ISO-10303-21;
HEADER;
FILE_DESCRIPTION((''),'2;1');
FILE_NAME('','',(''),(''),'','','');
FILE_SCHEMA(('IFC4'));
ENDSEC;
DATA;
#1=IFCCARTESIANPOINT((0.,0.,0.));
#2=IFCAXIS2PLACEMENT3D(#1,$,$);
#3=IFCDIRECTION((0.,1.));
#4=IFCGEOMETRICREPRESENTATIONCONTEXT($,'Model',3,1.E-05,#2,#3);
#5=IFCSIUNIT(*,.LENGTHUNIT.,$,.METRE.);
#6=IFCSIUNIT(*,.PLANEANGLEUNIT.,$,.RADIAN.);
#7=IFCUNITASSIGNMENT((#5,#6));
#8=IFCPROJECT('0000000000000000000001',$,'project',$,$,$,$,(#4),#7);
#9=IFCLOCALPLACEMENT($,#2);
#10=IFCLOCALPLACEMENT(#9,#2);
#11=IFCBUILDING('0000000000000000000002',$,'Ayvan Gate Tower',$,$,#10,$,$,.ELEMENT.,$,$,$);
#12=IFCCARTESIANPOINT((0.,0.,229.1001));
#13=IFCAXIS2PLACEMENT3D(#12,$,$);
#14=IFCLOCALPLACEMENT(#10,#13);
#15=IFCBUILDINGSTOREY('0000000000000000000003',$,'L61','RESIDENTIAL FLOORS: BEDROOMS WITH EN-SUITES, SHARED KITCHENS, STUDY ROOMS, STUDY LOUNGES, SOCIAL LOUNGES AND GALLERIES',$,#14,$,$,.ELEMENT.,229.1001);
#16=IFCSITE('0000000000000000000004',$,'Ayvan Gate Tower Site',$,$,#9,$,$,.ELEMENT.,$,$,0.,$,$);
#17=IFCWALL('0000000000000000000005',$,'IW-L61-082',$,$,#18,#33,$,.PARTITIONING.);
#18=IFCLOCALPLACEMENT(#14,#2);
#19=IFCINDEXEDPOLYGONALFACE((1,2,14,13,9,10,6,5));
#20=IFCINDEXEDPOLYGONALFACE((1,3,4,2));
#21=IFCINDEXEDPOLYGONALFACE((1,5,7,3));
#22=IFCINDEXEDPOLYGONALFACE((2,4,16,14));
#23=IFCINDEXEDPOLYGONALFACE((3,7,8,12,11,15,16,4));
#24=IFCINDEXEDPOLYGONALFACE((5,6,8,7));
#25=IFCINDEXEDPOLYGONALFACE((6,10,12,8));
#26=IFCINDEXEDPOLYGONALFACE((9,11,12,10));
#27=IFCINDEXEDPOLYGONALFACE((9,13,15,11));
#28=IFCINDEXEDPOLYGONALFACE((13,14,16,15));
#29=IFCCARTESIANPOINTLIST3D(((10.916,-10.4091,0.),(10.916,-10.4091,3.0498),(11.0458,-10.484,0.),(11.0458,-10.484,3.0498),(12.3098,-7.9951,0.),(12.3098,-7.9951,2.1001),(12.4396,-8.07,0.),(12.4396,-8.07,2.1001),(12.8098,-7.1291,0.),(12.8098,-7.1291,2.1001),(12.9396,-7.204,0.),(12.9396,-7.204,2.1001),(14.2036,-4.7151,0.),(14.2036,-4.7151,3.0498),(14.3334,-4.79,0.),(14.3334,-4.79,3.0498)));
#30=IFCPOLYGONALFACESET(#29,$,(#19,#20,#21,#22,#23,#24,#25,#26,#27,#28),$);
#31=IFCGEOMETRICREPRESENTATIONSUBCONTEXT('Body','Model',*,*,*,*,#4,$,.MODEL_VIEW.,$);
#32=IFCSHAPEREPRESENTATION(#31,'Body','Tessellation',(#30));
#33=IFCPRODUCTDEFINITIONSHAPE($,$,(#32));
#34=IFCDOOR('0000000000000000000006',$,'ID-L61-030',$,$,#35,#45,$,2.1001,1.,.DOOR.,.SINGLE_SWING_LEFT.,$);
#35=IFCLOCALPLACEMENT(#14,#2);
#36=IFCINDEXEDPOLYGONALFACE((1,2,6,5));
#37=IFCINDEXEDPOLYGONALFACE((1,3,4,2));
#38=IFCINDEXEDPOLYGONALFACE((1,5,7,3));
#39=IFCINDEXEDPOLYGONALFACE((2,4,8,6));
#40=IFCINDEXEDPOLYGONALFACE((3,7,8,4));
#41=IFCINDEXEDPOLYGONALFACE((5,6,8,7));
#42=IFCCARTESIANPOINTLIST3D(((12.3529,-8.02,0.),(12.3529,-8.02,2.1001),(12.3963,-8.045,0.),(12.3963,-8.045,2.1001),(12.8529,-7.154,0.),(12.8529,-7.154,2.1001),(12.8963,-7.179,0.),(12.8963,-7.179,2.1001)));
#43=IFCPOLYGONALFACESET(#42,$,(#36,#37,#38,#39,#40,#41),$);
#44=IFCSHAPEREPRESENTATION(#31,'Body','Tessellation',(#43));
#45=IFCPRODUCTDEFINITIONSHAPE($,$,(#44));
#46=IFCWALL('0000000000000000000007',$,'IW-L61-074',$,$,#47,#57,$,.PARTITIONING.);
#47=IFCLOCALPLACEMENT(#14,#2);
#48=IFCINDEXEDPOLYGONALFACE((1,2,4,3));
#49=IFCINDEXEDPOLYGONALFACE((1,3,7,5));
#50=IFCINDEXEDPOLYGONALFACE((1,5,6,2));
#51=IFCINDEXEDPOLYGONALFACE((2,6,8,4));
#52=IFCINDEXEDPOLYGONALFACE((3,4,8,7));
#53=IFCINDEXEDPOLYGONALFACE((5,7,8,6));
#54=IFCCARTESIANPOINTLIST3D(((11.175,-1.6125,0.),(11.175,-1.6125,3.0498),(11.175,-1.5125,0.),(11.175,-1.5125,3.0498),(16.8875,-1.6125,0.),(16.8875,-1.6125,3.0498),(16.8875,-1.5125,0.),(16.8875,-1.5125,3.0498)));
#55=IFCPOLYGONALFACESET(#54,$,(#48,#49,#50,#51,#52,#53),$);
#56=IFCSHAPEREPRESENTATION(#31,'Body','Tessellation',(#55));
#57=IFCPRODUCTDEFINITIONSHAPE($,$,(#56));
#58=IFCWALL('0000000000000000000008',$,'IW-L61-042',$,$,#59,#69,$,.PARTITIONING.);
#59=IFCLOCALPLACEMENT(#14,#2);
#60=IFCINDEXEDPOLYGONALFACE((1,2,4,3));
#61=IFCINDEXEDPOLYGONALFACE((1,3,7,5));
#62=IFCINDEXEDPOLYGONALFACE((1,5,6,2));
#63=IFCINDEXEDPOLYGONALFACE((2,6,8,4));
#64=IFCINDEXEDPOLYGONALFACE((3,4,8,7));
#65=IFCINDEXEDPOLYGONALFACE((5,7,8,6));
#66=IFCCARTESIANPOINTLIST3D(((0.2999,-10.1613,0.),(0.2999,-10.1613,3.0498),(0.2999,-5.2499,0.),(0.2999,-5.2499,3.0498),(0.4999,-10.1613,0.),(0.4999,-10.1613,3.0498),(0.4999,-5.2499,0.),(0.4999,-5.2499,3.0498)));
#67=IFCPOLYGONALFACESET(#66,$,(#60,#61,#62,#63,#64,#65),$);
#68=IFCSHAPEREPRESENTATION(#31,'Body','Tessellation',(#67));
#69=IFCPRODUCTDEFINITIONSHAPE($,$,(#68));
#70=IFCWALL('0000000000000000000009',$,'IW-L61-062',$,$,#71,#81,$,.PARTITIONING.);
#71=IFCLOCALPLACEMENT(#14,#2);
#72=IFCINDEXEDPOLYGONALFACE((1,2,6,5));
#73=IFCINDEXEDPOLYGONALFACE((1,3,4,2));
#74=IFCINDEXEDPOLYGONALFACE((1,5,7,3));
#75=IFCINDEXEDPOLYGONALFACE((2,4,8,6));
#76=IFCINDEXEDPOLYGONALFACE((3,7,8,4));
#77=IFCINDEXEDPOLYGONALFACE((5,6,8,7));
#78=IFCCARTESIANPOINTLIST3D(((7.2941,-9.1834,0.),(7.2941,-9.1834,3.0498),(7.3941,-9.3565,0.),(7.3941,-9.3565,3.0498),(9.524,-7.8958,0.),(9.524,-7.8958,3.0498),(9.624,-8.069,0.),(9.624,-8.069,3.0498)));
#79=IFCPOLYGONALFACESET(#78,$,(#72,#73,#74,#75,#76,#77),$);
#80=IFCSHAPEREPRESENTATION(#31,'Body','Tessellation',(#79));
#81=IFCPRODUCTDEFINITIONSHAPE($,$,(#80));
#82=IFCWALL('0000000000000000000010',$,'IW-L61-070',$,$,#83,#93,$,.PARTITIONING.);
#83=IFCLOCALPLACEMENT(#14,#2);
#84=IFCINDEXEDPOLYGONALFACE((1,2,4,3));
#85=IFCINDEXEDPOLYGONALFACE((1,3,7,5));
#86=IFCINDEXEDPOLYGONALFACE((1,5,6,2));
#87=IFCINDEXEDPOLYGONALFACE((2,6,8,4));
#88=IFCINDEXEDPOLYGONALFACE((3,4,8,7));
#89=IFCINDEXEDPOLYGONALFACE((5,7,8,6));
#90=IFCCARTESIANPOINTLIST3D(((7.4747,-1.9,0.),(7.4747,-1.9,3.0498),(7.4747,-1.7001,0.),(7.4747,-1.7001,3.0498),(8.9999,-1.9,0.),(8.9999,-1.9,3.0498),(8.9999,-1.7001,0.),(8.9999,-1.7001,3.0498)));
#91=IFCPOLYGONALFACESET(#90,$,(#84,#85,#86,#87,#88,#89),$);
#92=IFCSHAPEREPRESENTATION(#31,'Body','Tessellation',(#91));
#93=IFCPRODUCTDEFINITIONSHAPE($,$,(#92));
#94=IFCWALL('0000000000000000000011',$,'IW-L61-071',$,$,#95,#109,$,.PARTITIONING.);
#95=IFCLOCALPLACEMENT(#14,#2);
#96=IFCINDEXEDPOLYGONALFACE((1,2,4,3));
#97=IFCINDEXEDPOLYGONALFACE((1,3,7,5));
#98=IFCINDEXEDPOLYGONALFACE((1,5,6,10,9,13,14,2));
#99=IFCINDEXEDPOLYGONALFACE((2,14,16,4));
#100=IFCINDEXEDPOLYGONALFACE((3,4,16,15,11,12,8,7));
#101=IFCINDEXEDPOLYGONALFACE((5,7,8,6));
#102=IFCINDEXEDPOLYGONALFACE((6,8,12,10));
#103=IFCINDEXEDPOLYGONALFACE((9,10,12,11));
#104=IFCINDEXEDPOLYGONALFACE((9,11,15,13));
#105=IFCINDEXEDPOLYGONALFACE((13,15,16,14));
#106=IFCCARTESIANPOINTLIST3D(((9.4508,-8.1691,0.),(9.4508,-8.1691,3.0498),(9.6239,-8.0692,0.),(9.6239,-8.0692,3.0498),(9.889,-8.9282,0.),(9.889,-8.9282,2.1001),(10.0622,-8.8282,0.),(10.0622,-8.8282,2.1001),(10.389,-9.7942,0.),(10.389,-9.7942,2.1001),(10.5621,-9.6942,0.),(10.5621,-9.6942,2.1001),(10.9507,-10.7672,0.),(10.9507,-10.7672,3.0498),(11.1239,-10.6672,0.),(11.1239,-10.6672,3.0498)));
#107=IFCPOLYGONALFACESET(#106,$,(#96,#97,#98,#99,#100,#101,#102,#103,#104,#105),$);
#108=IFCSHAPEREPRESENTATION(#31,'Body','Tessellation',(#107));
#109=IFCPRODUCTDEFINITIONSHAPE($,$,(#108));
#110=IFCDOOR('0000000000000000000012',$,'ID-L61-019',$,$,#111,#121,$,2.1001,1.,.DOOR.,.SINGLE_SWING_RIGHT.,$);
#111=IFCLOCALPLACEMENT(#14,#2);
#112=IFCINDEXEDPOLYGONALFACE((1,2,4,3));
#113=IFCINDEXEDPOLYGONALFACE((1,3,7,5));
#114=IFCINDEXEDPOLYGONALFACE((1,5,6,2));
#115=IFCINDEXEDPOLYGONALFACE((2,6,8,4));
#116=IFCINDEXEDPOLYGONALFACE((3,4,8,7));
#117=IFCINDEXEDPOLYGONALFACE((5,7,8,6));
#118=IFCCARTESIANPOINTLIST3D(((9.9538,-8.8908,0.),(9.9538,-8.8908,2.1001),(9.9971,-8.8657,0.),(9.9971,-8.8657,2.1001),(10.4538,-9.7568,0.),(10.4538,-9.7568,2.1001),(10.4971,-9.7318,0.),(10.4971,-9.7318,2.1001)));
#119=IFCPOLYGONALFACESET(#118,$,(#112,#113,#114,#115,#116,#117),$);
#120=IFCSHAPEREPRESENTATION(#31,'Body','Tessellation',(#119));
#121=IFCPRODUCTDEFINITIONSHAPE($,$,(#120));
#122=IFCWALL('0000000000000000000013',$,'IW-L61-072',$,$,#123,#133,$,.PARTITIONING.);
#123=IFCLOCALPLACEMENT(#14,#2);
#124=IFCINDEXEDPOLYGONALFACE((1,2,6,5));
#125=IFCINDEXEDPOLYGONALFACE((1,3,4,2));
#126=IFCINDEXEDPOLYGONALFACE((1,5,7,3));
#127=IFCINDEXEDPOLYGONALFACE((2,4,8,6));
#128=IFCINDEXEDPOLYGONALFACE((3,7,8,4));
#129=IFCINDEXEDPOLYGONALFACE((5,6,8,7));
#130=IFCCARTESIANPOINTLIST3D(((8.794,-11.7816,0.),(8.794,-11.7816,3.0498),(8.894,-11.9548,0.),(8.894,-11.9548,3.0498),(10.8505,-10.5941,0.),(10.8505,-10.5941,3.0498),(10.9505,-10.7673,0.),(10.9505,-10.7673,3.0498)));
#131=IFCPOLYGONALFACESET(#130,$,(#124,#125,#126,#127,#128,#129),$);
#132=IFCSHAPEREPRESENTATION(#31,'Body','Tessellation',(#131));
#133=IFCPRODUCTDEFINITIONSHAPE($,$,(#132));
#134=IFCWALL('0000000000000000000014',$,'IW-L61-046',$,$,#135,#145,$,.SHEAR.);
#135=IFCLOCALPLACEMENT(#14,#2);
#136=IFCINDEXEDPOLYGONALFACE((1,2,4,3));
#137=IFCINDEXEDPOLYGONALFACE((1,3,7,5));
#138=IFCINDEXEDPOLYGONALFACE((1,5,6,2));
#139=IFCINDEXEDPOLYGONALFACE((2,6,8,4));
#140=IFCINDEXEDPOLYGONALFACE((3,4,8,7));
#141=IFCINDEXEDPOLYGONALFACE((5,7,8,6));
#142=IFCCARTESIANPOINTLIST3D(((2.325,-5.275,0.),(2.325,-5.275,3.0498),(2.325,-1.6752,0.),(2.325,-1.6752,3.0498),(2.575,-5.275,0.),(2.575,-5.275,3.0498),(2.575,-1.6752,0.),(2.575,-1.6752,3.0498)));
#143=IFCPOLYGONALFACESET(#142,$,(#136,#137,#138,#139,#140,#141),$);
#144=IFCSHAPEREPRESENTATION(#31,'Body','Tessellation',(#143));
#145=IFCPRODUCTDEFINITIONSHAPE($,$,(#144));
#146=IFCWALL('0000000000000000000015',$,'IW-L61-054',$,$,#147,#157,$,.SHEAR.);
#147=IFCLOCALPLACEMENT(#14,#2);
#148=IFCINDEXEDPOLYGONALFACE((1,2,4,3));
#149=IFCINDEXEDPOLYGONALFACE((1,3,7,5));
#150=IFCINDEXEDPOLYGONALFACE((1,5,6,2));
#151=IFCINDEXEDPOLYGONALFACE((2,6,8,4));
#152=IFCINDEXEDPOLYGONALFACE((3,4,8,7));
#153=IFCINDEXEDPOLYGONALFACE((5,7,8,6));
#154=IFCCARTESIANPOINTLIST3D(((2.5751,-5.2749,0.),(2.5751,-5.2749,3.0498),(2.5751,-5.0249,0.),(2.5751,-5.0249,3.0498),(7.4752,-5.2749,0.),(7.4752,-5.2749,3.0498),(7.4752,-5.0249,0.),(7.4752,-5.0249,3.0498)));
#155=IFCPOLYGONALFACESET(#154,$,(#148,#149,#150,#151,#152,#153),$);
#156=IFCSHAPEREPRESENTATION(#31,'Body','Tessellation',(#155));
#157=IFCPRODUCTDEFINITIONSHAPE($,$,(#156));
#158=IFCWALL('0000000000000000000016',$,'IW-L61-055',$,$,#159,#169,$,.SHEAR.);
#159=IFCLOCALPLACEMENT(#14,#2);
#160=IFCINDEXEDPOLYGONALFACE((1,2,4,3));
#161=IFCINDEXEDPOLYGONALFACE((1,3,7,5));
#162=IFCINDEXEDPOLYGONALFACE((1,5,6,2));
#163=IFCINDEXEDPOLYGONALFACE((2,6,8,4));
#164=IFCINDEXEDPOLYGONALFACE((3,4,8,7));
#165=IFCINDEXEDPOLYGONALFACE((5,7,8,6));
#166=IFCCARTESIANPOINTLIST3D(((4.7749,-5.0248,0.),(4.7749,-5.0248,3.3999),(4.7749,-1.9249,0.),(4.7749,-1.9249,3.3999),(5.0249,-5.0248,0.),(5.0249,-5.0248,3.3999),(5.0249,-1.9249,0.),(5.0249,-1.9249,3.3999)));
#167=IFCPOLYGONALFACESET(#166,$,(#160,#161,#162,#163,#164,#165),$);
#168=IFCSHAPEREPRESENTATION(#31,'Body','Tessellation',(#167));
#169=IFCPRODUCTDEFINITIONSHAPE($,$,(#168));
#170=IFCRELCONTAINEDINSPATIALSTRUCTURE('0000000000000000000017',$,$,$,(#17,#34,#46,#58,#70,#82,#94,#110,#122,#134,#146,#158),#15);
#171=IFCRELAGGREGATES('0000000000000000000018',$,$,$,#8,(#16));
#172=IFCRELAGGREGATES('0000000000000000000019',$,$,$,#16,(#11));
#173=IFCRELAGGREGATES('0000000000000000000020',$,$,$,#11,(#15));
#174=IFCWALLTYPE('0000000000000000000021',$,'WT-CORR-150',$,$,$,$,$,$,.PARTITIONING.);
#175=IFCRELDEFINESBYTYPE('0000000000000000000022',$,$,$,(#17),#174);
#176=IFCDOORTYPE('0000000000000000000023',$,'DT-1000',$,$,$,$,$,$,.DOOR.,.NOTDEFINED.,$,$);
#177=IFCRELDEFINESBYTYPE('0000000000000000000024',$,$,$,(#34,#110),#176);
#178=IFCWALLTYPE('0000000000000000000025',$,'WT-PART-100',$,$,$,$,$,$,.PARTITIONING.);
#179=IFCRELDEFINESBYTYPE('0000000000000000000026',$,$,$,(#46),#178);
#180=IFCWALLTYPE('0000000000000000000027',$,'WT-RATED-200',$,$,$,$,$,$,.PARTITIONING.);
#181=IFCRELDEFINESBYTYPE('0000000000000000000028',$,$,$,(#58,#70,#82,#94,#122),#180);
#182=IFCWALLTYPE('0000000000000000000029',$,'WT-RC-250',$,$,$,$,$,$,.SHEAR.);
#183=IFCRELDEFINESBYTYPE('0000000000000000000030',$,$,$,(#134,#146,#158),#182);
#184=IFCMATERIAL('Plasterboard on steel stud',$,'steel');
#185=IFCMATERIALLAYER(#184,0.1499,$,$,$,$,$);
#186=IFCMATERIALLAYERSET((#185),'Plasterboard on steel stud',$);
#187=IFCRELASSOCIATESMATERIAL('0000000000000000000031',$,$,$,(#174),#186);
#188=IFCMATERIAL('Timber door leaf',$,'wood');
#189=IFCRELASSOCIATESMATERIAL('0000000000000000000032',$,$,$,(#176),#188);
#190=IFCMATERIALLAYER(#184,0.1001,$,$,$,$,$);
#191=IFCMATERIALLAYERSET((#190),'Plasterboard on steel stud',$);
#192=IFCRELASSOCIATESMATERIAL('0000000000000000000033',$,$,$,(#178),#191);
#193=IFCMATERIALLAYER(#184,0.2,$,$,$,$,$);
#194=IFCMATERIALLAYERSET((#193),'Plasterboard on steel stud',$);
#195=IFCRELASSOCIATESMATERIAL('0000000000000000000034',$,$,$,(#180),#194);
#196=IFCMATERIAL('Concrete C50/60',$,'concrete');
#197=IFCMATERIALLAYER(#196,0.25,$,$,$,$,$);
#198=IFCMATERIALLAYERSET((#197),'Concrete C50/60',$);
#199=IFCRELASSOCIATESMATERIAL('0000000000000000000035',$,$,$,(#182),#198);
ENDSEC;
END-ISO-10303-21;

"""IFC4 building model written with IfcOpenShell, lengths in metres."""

from ifc_helpers import new_model, si_unit, direction, frame, frame_2d, origin, place, context, subcontext, project, spatial, rectangle, extrude, material, layer, layer_set, type_object, element, fill, save


model = new_model("IFC4")

# Units and contexts
model_context = context("Model", 3, precision=1e-05, world=origin(), true_north=direction((0.0, 1.0)))
body_context = subcontext(model_context, "Body", "Model", "MODEL_VIEW")
ifc_project = project(units=[si_unit("LENGTHUNIT", "METRE"), si_unit("PLANEANGLEUNIT", "RADIAN")], contexts=[model_context])

# Site, building, storey
site_placement = place(None, origin())
site = spatial("IfcSite", under=ifc_project, at=site_placement, Name="Ayvan Gate Tower Site", CompositionType="ELEMENT", RefElevation=0.0)
building_placement = place(site_placement, origin())
building = spatial("IfcBuilding", under=site, at=building_placement, Name="Ayvan Gate Tower", CompositionType="ELEMENT")
storey_placement = place(building_placement, frame((0.0, 0.0, 229.1001)))
storey = spatial("IfcBuildingStorey", under=building, at=storey_placement, Name="L61", Description="RESIDENTIAL FLOORS: BEDROOMS WITH EN-SUITES, SHARED KITCHENS, STUDY ROOMS, STUDY LOUNGES, SOCIAL LOUNGES AND GALLERIES", CompositionType="ELEMENT", Elevation=229.1001)

# Shared definitions
ifc_material_1 = material(Name="Concrete C50/60", Category="concrete")

# Shared definitions
ifc_material_2 = material(Name="Timber door leaf", Category="wood")

# Shared definitions
ifc_material_3 = material(Name="Plasterboard on steel stud", Category="steel")
ifc_layer_1 = layer(ifc_material_3, 0.1499)
ifc_layer_set_1 = layer_set([ifc_layer_1], Name="Plasterboard on steel stud")
wall_type_1 = type_object("IfcWallType", Name="WT-CORR-150", PredefinedType="PARTITIONING", material=ifc_layer_set_1)

# Shared definitions
door_type_1 = type_object("IfcDoorType", Name="DT-1000", OperationType="NOTDEFINED", PredefinedType="DOOR", material=ifc_material_2)

# Wall, opening, door
wall_1_placement = place(storey_placement, frame((14.2686, -4.7524, 0.0), z_axis=(0.0, 0.0, 1.0), x_axis=(-0.500013, -0.866018, 0.0)))
wall_1 = element("IfcWall", 1, at=wall_1_placement, inside=storey, type_object=wall_type_1, Name="IW-L61-082", PredefinedType="PARTITIONING", context=body_context, shape_type="SweptSolid", body=[
    extrude(rectangle(XDim=6.575, YDim=0.1499, at=frame_2d((3.2876, 0.0))), origin(), (0.0, 0.0, 1.0), 3.0498),
])
opening_1_placement = place(wall_1_placement, frame((2.7876, 0.0, 0.0)))
opening_1 = element("IfcOpeningElement", 2, at=opening_1_placement, cuts=wall_1, PredefinedType="OPENING", context=body_context, shape_type="SweptSolid", body=[
    extrude(rectangle(XDim=1.0, YDim=2.1001, at=frame_2d((0.5, 1.05))), frame((0.0, 0.085, 0.0), z_axis=(0.0, -1.0, 0.0), x_axis=(1.0, 0.0, 0.0)), (0.0, 0.0, 1.0), 0.1699),
])
door_1_placement = place(opening_1_placement, origin())
door_1 = element("IfcDoor", 3, at=door_1_placement, inside=storey, type_object=door_type_1, Name="ID-L61-030", OperationType="SINGLE_SWING_LEFT", OverallHeight=2.1001, OverallWidth=1.0, PredefinedType="DOOR", context=body_context, shape_type="SweptSolid", body=[
    extrude(rectangle(XDim=1.0, YDim=2.1001, at=frame_2d((0.5, 1.05))), frame((0.0, 0.0249, 0.0), z_axis=(0.0, -1.0, 0.0), x_axis=(1.0, 0.0, 0.0)), (0.0, 0.0, 1.0), 0.05),
])
fill(opening_1, door_1)

# Walls
ifc_layer_2 = layer(ifc_material_3, 0.1001)
ifc_layer_set_2 = layer_set([ifc_layer_2], Name="Plasterboard on steel stud")
wall_type_2 = type_object("IfcWallType", Name="WT-PART-100", PredefinedType="PARTITIONING", material=ifc_layer_set_2)
wall_2_placement = place(storey_placement, frame((11.175, -1.5625, 0.0), z_axis=(0.0, 0.0, 1.0), x_axis=(1.0, 0.0, 0.0)))
element("IfcWall", 4, at=wall_2_placement, inside=storey, type_object=wall_type_2, Name="IW-L61-074", PredefinedType="PARTITIONING", context=body_context, shape_type="SweptSolid", body=[
    extrude(rectangle(XDim=5.7124, YDim=0.1001, at=frame_2d((2.8562, 0.0))), origin(), (0.0, 0.0, 1.0), 3.0498),
])
ifc_layer_3 = layer(ifc_material_3, 0.2)
ifc_layer_set_3 = layer_set([ifc_layer_3], Name="Plasterboard on steel stud")
wall_type_3 = type_object("IfcWallType", Name="WT-RATED-200", PredefinedType="PARTITIONING", material=ifc_layer_set_3)
wall_3_placement = place(storey_placement, frame((0.3999, -5.25, 0.0), z_axis=(0.0, 0.0, 1.0), x_axis=(0.0, -1.0, 0.0)))
element("IfcWall", 5, at=wall_3_placement, inside=storey, type_object=wall_type_3, Name="IW-L61-042", PredefinedType="PARTITIONING", context=body_context, shape_type="SweptSolid", body=[
    extrude(rectangle(XDim=4.9114, YDim=0.2, at=frame_2d((2.4556, 0.0))), origin(), (0.0, 0.0, 1.0), 3.0498),
])
wall_4_placement = place(storey_placement, frame((7.344, -9.27, 0.0), z_axis=(0.0, 0.0, 1.0), x_axis=(0.866006, 0.500034, 0.0)))
element("IfcWall", 6, at=wall_4_placement, inside=storey, type_object=wall_type_3, Name="IW-L61-062", PredefinedType="PARTITIONING", context=body_context, shape_type="SweptSolid", body=[
    extrude(rectangle(XDim=2.575, YDim=0.2, at=frame_2d((1.2876, 0.0))), origin(), (0.0, 0.0, 1.0), 3.0498),
])
wall_5_placement = place(storey_placement, frame((9.0, -1.8, 0.0), z_axis=(0.0, 0.0, 1.0), x_axis=(-1.0, 0.0, 0.0)))
element("IfcWall", 7, at=wall_5_placement, inside=storey, type_object=wall_type_3, Name="IW-L61-070", PredefinedType="PARTITIONING", context=body_context, shape_type="SweptSolid", body=[
    extrude(rectangle(XDim=1.5251, YDim=0.2, at=frame_2d((0.7627, 0.0))), origin(), (0.0, 0.0, 1.0), 3.0498),
])

# Wall, opening, door
wall_6_placement = place(storey_placement, frame((9.5374, -8.1191, 0.0), z_axis=(0.0, 0.0, 1.0), x_axis=(0.49999, -0.866031, 0.0)))
wall_6 = element("IfcWall", 8, at=wall_6_placement, inside=storey, type_object=wall_type_3, Name="IW-L61-071", PredefinedType="PARTITIONING", context=body_context, shape_type="SweptSolid", body=[
    extrude(rectangle(XDim=3.0, YDim=0.2, at=frame_2d((1.5, 0.0))), origin(), (0.0, 0.0, 1.0), 3.0498),
])
opening_2_placement = place(wall_6_placement, frame((0.8765, 0.0, 0.0)))
opening_2 = element("IfcOpeningElement", 9, at=opening_2_placement, cuts=wall_6, PredefinedType="OPENING", context=body_context, shape_type="SweptSolid", body=[
    extrude(rectangle(XDim=1.0, YDim=2.1001, at=frame_2d((0.5, 1.05))), frame((0.0, 0.1099, 0.0), z_axis=(0.0, -1.0, 0.0), x_axis=(1.0, 0.0, 0.0)), (0.0, 0.0, 1.0), 0.22),
])
door_2_placement = place(opening_2_placement, origin())
door_2 = element("IfcDoor", 10, at=door_2_placement, inside=storey, type_object=door_type_1, Name="ID-L61-019", OperationType="SINGLE_SWING_RIGHT", OverallHeight=2.1001, OverallWidth=1.0, PredefinedType="DOOR", context=body_context, shape_type="SweptSolid", body=[
    extrude(rectangle(XDim=1.0, YDim=2.1001, at=frame_2d((0.5, 1.05))), frame((0.0, 0.0249, 0.0), z_axis=(0.0, -1.0, 0.0), x_axis=(1.0, 0.0, 0.0)), (0.0, 0.0, 1.0), 0.05),
])
fill(opening_2, door_2)

# Walls
wall_7_placement = place(storey_placement, frame((10.9006, -10.6807, 0.0), z_axis=(0.0, 0.0, 1.0), x_axis=(-0.866008, -0.500031, 0.0)))
element("IfcWall", 11, at=wall_7_placement, inside=storey, type_object=wall_type_3, Name="IW-L61-072", PredefinedType="PARTITIONING", context=body_context, shape_type="SweptSolid", body=[
    extrude(rectangle(XDim=2.3748, YDim=0.2, at=frame_2d((1.1875, 0.0))), origin(), (0.0, 0.0, 1.0), 3.0498),
])
ifc_layer_4 = layer(ifc_material_1, 0.25)
ifc_layer_set_4 = layer_set([ifc_layer_4], Name="Concrete C50/60")
wall_type_4 = type_object("IfcWallType", Name="WT-RC-250", PredefinedType="SHEAR", material=ifc_layer_set_4)
wall_8_placement = place(storey_placement, frame((2.45, -5.2749, 0.0), z_axis=(0.0, 0.0, 1.0), x_axis=(0.0, 1.0, 0.0)))
element("IfcWall", 12, at=wall_8_placement, inside=storey, type_object=wall_type_4, Name="IW-L61-046", PredefinedType="SHEAR", context=body_context, shape_type="SweptSolid", body=[
    extrude(rectangle(XDim=3.5999, YDim=0.25, at=frame_2d((1.7998, 0.0))), origin(), (0.0, 0.0, 1.0), 3.0498),
])
wall_9_placement = place(storey_placement, frame((2.575, -5.1499, 0.0), z_axis=(0.0, 0.0, 1.0), x_axis=(1.0, 0.0, 0.0)))
element("IfcWall", 13, at=wall_9_placement, inside=storey, type_object=wall_type_4, Name="IW-L61-054", PredefinedType="SHEAR", context=body_context, shape_type="SweptSolid", body=[
    extrude(rectangle(XDim=4.9001, YDim=0.25, at=frame_2d((2.4502, 0.0))), origin(), (0.0, 0.0, 1.0), 3.0498),
])
wall_10_placement = place(storey_placement, frame((4.8999, -1.925, 0.0), z_axis=(0.0, 0.0, 1.0), x_axis=(0.0, -1.0, 0.0)))
element("IfcWall", 14, at=wall_10_placement, inside=storey, type_object=wall_type_4, Name="IW-L61-055", PredefinedType="SHEAR", context=body_context, shape_type="SweptSolid", body=[
    extrude(rectangle(XDim=3.0999, YDim=0.25, at=frame_2d((1.5498, 0.0))), origin(), (0.0, 0.0, 1.0), 3.3999),
])

save(model, "model.ifc")
